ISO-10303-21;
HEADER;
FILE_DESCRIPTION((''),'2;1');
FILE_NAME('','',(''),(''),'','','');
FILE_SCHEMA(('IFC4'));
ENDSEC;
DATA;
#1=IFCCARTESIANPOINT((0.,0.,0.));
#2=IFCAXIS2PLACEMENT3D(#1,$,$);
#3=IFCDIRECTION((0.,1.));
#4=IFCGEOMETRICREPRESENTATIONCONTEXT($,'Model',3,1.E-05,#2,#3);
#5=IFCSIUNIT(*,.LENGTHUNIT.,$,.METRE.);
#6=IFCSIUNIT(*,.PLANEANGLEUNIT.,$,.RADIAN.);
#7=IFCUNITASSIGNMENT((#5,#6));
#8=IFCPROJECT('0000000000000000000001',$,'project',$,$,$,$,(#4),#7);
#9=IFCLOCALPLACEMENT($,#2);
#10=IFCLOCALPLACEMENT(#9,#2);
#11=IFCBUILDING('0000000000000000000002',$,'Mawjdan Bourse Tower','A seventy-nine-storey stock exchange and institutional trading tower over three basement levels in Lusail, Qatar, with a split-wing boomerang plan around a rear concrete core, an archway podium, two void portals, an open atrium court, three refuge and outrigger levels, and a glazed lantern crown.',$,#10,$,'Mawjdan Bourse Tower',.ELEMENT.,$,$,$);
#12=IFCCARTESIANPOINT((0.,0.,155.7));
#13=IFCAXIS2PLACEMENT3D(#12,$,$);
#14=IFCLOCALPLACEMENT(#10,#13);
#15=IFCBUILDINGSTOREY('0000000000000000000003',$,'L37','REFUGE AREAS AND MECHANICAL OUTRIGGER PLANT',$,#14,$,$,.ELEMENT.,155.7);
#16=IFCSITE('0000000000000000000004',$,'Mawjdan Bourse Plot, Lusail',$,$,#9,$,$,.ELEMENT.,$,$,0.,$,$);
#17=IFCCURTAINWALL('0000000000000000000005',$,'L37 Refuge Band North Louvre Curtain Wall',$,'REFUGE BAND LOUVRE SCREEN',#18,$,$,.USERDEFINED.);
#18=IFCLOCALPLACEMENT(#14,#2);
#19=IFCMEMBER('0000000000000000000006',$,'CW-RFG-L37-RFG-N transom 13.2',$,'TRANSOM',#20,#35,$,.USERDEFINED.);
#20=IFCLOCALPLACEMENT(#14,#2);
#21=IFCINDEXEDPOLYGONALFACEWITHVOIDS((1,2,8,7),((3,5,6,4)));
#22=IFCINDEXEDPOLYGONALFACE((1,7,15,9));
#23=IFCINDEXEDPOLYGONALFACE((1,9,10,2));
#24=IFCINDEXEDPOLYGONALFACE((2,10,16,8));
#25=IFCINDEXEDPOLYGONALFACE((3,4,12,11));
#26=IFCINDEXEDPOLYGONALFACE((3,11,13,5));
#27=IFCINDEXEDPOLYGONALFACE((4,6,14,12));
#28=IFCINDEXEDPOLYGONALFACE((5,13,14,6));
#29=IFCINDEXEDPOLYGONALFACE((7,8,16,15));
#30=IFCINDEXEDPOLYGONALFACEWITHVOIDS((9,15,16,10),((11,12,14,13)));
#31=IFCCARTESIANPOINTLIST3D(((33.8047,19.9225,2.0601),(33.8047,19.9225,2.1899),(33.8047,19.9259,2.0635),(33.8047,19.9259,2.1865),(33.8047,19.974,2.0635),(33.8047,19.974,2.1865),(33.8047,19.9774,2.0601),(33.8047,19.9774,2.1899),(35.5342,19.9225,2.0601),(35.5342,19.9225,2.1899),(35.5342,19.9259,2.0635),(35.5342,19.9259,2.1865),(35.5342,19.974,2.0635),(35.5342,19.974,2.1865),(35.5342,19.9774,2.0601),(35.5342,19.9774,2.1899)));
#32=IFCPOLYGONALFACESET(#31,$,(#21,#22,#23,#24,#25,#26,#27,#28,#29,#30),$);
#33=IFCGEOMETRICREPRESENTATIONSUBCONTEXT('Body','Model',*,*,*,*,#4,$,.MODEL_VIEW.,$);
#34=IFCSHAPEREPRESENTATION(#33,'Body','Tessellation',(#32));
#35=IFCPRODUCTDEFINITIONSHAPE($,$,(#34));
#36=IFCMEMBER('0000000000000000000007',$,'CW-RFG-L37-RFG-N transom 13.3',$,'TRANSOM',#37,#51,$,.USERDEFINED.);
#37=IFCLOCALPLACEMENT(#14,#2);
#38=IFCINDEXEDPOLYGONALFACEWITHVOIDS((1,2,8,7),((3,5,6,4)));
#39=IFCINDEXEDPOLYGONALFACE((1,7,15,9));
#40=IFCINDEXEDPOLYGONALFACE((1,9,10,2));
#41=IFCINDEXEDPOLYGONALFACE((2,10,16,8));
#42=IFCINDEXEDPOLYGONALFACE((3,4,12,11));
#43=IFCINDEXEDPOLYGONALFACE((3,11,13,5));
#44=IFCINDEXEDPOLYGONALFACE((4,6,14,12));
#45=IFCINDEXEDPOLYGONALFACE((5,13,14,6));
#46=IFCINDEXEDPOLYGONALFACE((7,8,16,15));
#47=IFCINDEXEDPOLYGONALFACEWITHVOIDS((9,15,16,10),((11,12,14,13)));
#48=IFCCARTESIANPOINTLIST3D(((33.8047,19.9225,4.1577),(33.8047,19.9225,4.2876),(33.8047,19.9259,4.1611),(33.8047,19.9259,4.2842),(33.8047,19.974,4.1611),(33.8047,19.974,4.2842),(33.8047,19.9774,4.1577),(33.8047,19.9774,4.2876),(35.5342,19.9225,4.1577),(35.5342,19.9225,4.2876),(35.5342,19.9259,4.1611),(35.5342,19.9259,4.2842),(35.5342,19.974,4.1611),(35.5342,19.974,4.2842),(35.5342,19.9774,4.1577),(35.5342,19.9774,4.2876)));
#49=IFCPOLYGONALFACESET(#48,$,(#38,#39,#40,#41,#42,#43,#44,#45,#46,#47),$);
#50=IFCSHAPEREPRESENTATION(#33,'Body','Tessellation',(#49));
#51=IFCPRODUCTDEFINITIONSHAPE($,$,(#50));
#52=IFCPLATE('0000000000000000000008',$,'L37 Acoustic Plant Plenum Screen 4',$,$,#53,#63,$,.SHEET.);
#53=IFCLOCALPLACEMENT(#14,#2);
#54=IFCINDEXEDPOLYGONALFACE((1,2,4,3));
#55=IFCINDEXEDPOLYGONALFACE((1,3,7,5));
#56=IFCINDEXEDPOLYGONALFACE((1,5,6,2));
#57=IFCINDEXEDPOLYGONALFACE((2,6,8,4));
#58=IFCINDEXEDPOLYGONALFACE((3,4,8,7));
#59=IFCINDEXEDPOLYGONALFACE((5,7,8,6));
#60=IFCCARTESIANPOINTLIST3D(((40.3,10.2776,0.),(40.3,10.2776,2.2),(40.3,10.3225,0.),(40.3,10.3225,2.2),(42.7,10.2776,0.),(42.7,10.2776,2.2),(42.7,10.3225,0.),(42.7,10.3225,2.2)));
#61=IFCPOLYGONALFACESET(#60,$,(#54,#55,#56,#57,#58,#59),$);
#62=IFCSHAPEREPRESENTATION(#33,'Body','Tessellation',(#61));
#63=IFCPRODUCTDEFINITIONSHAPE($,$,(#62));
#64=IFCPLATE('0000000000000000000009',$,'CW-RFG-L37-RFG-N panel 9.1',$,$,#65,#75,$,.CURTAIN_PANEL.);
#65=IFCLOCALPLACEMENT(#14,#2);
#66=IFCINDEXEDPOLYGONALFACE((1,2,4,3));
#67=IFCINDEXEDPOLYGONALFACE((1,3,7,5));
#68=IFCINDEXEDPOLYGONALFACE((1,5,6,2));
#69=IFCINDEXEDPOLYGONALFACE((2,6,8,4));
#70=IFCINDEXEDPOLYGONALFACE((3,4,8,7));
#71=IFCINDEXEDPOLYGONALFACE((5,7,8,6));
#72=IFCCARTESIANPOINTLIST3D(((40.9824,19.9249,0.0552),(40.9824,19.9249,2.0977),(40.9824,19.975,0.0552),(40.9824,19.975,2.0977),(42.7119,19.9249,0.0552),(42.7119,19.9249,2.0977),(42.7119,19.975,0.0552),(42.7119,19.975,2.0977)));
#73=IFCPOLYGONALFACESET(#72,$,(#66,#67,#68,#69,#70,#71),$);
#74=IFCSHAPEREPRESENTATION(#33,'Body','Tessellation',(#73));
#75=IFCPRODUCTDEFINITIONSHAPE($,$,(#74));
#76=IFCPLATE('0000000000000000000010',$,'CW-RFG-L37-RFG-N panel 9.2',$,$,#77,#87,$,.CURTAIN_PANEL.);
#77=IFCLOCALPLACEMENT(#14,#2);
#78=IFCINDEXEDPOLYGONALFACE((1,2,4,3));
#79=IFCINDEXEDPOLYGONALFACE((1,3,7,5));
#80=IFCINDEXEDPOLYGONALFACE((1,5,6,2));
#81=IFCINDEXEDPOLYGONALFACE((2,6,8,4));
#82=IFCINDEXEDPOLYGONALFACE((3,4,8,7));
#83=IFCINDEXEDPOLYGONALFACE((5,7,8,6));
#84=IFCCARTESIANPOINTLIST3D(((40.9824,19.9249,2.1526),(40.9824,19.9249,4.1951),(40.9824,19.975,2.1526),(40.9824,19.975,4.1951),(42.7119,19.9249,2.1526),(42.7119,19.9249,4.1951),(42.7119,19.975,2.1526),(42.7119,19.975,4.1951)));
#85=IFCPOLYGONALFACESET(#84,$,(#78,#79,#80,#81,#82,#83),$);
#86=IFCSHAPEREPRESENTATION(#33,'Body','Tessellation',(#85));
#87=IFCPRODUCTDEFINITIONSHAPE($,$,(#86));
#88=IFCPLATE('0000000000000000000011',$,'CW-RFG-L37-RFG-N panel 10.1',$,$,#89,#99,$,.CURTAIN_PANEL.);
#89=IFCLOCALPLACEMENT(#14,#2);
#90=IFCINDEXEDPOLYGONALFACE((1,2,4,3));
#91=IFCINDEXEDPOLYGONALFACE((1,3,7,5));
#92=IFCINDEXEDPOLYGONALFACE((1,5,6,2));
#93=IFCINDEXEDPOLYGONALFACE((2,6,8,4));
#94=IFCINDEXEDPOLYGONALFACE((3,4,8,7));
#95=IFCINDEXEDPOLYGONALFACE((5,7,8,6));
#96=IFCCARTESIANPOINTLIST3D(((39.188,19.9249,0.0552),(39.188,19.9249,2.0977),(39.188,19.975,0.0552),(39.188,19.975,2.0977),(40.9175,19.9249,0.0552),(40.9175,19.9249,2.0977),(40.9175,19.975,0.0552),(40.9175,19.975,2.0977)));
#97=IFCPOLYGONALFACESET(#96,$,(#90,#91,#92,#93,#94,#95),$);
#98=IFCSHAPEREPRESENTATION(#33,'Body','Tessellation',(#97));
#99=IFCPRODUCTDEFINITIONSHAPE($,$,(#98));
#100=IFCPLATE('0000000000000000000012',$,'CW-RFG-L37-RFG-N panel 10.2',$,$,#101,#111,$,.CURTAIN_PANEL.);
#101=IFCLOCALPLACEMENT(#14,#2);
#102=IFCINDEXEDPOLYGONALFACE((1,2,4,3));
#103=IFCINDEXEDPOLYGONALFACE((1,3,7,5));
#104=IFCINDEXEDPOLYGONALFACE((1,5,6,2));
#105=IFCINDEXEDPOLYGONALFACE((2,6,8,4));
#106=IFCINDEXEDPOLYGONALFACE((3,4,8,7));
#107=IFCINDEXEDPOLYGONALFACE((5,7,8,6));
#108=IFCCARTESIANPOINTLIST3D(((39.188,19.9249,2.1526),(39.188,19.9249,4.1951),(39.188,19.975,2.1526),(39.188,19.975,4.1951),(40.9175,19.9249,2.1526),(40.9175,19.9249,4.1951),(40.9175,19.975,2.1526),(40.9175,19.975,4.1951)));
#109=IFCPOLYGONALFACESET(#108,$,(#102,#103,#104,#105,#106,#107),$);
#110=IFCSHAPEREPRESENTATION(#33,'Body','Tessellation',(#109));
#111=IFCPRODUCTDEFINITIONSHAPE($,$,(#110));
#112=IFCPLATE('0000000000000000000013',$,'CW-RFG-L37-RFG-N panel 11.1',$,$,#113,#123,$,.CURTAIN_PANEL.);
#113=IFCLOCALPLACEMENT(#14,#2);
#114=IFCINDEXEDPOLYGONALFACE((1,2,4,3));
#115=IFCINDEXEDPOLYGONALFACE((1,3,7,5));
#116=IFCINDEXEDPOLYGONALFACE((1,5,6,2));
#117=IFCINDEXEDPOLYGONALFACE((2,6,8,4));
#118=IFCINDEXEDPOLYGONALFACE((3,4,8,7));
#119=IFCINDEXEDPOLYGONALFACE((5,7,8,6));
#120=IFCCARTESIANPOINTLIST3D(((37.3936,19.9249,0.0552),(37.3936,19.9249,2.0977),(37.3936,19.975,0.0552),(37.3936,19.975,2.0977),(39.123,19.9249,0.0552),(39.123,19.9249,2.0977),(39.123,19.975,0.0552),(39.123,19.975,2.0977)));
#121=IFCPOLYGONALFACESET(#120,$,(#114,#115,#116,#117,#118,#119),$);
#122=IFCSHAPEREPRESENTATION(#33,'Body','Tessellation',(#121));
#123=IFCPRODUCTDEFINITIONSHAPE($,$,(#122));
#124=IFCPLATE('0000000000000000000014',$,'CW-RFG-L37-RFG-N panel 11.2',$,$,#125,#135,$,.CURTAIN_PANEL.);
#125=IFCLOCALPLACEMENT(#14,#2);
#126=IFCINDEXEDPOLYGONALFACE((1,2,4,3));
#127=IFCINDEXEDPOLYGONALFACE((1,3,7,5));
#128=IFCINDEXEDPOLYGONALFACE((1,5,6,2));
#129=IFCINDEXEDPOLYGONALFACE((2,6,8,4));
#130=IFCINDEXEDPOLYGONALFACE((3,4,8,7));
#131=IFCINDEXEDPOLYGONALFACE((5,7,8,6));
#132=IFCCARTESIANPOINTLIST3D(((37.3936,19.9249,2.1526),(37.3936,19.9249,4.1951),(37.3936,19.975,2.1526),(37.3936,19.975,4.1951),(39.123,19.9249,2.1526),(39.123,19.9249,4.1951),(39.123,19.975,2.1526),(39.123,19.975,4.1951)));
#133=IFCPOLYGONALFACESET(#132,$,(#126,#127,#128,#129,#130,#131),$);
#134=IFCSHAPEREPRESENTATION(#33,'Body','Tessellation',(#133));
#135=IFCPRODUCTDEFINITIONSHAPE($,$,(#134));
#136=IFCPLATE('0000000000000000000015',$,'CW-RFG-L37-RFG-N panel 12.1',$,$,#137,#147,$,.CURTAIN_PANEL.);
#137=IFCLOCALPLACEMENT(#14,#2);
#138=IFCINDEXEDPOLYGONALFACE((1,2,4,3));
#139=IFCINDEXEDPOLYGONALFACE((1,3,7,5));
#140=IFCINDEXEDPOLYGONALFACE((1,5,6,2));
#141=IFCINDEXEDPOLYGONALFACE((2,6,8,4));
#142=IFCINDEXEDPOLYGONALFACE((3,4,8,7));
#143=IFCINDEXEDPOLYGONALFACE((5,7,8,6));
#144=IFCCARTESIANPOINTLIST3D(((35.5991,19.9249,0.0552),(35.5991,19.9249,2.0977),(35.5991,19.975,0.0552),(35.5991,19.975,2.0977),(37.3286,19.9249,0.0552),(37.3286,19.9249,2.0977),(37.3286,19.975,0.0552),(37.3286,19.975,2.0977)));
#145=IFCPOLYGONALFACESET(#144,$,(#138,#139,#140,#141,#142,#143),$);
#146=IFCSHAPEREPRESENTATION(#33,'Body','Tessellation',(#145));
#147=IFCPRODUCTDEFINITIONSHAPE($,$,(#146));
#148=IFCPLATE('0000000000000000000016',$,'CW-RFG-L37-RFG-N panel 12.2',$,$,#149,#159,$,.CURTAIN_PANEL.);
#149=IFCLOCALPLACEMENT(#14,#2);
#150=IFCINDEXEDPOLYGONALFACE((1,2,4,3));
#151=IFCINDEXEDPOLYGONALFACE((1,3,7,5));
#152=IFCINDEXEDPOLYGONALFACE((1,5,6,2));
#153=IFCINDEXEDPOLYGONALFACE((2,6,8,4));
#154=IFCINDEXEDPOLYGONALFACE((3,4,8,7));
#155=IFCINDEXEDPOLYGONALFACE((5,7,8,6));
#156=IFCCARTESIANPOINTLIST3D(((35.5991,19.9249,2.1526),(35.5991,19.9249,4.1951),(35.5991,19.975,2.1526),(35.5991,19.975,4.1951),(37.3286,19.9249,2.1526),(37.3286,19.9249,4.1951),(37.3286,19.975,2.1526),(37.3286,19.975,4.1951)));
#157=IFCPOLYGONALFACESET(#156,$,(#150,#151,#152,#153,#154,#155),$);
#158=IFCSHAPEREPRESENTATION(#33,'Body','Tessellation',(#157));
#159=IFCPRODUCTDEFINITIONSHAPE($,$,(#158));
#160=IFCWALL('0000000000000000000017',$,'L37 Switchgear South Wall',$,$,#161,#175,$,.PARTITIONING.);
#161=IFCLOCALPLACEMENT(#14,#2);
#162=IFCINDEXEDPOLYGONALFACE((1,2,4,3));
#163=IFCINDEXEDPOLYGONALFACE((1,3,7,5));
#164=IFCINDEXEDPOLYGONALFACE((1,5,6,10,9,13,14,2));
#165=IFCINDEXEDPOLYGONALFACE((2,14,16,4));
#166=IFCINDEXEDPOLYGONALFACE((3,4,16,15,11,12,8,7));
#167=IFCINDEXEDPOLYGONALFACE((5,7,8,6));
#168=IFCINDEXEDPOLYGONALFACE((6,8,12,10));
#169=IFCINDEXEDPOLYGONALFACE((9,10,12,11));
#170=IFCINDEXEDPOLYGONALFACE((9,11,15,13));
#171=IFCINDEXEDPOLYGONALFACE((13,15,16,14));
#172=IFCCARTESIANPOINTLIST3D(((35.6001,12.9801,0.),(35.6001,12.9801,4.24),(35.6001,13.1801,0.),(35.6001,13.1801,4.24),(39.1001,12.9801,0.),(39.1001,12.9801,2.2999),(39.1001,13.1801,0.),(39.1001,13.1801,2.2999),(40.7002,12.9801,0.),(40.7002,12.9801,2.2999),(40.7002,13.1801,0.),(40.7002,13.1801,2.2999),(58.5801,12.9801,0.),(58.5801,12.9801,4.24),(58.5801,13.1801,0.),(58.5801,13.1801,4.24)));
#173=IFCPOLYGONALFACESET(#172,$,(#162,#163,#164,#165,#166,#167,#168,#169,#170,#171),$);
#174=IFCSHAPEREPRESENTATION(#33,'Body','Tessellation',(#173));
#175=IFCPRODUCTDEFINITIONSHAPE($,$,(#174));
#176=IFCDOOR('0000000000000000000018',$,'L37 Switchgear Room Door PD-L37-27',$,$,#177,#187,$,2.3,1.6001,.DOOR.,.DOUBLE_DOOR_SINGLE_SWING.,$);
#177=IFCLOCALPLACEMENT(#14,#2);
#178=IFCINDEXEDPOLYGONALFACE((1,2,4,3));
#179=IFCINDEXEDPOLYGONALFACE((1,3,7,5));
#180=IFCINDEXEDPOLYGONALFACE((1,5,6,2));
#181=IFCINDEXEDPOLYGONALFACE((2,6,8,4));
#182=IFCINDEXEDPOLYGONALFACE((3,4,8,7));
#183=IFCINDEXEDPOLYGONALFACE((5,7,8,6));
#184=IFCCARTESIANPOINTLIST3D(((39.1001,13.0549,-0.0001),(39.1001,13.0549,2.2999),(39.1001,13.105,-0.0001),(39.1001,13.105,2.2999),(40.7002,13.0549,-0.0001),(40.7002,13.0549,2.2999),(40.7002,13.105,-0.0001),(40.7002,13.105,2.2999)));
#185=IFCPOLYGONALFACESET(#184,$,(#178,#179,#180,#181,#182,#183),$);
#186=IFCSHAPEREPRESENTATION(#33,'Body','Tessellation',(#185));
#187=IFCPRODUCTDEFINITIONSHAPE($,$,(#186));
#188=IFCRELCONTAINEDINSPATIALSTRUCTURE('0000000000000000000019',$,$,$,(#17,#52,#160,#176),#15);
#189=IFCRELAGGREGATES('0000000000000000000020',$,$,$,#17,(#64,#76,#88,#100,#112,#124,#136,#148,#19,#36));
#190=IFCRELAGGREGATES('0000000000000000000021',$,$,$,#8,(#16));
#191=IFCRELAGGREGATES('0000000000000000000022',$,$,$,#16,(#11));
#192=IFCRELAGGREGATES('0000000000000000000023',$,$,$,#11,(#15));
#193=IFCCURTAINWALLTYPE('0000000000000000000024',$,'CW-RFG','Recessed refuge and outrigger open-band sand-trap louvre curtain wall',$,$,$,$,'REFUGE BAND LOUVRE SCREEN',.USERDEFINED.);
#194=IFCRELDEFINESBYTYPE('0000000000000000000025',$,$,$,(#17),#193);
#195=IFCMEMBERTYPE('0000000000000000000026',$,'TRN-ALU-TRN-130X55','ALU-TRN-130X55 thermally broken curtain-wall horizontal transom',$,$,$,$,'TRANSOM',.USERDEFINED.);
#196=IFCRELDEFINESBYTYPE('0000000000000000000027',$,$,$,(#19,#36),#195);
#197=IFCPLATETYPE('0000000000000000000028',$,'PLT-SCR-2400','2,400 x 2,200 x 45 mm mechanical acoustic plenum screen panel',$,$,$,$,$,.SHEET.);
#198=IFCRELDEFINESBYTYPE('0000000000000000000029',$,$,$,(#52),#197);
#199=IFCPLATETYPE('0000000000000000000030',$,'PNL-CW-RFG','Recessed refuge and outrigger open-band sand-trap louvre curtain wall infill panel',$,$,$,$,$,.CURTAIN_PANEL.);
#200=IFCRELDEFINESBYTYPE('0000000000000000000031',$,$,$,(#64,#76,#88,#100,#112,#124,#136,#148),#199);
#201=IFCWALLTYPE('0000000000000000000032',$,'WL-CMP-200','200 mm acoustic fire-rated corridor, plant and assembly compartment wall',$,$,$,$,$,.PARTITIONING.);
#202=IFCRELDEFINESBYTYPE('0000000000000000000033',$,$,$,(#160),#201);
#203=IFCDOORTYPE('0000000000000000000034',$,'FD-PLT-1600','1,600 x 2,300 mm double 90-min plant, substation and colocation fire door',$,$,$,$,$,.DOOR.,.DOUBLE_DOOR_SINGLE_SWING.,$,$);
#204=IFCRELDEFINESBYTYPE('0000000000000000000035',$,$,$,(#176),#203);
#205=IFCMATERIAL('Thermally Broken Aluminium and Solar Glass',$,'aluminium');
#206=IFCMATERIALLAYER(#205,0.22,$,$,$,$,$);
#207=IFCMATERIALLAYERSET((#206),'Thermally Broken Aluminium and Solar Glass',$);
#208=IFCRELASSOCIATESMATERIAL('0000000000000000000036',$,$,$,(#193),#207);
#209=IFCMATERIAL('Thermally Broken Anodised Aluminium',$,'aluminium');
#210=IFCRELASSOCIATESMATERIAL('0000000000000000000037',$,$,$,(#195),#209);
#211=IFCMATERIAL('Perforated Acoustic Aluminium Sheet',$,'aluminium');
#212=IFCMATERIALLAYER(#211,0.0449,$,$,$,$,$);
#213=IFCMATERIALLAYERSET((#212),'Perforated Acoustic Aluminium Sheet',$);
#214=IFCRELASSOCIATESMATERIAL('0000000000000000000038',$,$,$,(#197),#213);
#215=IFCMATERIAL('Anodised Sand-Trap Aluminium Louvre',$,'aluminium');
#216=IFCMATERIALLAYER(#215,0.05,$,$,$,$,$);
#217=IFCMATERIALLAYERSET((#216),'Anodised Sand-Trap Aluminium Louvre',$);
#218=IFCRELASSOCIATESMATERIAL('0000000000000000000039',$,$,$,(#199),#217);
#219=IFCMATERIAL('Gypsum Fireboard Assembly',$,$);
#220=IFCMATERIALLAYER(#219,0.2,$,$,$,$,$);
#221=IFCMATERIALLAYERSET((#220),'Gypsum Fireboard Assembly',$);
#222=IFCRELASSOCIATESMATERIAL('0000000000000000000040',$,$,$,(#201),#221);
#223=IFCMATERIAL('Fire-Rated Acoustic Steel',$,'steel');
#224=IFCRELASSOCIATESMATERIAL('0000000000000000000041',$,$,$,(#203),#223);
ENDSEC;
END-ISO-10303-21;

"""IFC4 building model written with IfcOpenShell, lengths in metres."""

from ifc_helpers import new_model, si_unit, direction, frame, frame_2d, origin, origin_2d, place, context, subcontext, project, spatial, rectangle, hollow_rectangle, extrude, material, layer, layer_set, material_profile, profile_set, type_object, element, fill, aggregate, save


model = new_model("IFC4")

# Units and contexts
model_context = context("Model", 3, precision=1e-05, world=origin(), true_north=direction((0.0, 1.0)))
body_context = subcontext(model_context, "Body", "Model", "MODEL_VIEW")
ifc_project = project(units=[si_unit("LENGTHUNIT", "METRE"), si_unit("PLANEANGLEUNIT", "RADIAN")], contexts=[model_context])

# Site, building, storey
site_placement = place(None, origin())
site = spatial("IfcSite", under=ifc_project, at=site_placement, Name="Mawjdan Bourse Plot, Lusail", CompositionType="ELEMENT", RefElevation=0.0)
building_placement = place(site_placement, origin())
building = spatial("IfcBuilding", under=site, at=building_placement, Name="Mawjdan Bourse Tower", Description="A seventy-nine-storey stock exchange and institutional trading tower over three basement levels in Lusail, Qatar, with a split-wing boomerang plan around a rear concrete core, an archway podium, two void portals, an open atrium court, three refuge and outrigger levels, and a glazed lantern crown.", LongName="Mawjdan Bourse Tower", CompositionType="ELEMENT")
storey_placement = place(building_placement, frame((0.0, 0.0, 155.7)))
storey = spatial("IfcBuildingStorey", under=building, at=storey_placement, Name="L37", Description="REFUGE AREAS AND MECHANICAL OUTRIGGER PLANT", CompositionType="ELEMENT", Elevation=155.7)

# Curtain wall
ifc_material_1 = material(Name="Thermally Broken Aluminium and Solar Glass", Category="aluminium")
ifc_layer_1 = layer(ifc_material_1, 0.22)
ifc_layer_set_1 = layer_set([ifc_layer_1], Name="Thermally Broken Aluminium and Solar Glass")
curtain_wall_type = type_object("IfcCurtainWallType", Name="CW-RFG", Description="Recessed refuge and outrigger open-band sand-trap louvre curtain wall", ElementType="REFUGE BAND LOUVRE SCREEN", PredefinedType="USERDEFINED", material=ifc_layer_set_1)
curtain_wall_placement = place(storey_placement, origin())
curtain_wall = element("IfcCurtainWall", 1, at=curtain_wall_placement, inside=storey, type_object=curtain_wall_type, Name="L37 Refuge Band North Louvre Curtain Wall", ObjectType="REFUGE BAND LOUVRE SCREEN", PredefinedType="USERDEFINED")
ifc_material_2 = material(Name="Thermally Broken Anodised Aluminium", Category="aluminium")

# Members
ifc_material_profile_1 = material_profile(ifc_material_2, hollow_rectangle(XDim=0.0549, YDim=0.1299, WallThickness=0.0034, at=origin_2d()), Name="ALU-TRN-130X55")
ifc_profile_set_1 = profile_set([ifc_material_profile_1], Name="Thermally Broken Anodised Aluminium")
member_type_1 = type_object("IfcMemberType", Name="TRN-ALU-TRN-130X55", Description="ALU-TRN-130X55 thermally broken curtain-wall horizontal transom", ElementType="TRANSOM", PredefinedType="USERDEFINED", material=ifc_profile_set_1)
member_1_placement = place(storey_placement, frame((35.5342, 19.95, 2.125), z_axis=(-1.0, 0.0, 0.0), x_axis=(0.0, -1.0, 0.0)))
member_1 = element("IfcMember", 2, at=member_1_placement, type_object=member_type_1, Name="CW-RFG-L37-RFG-N transom 13.2", ObjectType="TRANSOM", PredefinedType="USERDEFINED", context=body_context, shape_type="SweptSolid", body=[
    extrude(hollow_rectangle(XDim=0.0549, YDim=0.1299, WallThickness=0.0034, at=origin_2d()), origin(), (0.0, 0.0, 1.0), 1.7295),
])
member_2_placement = place(storey_placement, frame((35.5342, 19.95, 4.2227), z_axis=(-1.0, 0.0, 0.0), x_axis=(0.0, -1.0, 0.0)))
member_2 = element("IfcMember", 3, at=member_2_placement, type_object=member_type_1, Name="CW-RFG-L37-RFG-N transom 13.3", ObjectType="TRANSOM", PredefinedType="USERDEFINED", context=body_context, shape_type="SweptSolid", body=[
    extrude(hollow_rectangle(XDim=0.0549, YDim=0.1299, WallThickness=0.0034, at=origin_2d()), origin(), (0.0, 0.0, 1.0), 1.7295),
])

# Plates
ifc_material_3 = material(Name="Perforated Acoustic Aluminium Sheet", Category="aluminium")
ifc_layer_2 = layer(ifc_material_3, 0.0449)
ifc_layer_set_2 = layer_set([ifc_layer_2], Name="Perforated Acoustic Aluminium Sheet")
plate_type_1 = type_object("IfcPlateType", Name="PLT-SCR-2400", Description="2,400 x 2,200 x 45 mm mechanical acoustic plenum screen panel", PredefinedType="SHEET", material=ifc_layer_set_2)
plate_1_placement = place(storey_placement, frame((41.5, 10.3, 0.0), z_axis=(0.0, 0.0, 1.0), x_axis=(1.0, 0.0, 0.0)))
element("IfcPlate", 4, at=plate_1_placement, inside=storey, type_object=plate_type_1, Name="L37 Acoustic Plant Plenum Screen 4", PredefinedType="SHEET", context=body_context, shape_type="SweptSolid", body=[
    extrude(rectangle(XDim=2.3999, YDim=0.0449, at=origin_2d()), origin(), (0.0, 0.0, 1.0), 2.2),
])
ifc_material_4 = material(Name="Anodised Sand-Trap Aluminium Louvre", Category="aluminium")
ifc_layer_3 = layer(ifc_material_4, 0.05)
ifc_layer_set_3 = layer_set([ifc_layer_3], Name="Anodised Sand-Trap Aluminium Louvre")
plate_type_2 = type_object("IfcPlateType", Name="PNL-CW-RFG", Description="Recessed refuge and outrigger open-band sand-trap louvre curtain wall infill panel", PredefinedType="CURTAIN_PANEL", material=ifc_layer_set_3)
plate_2_placement = place(storey_placement, frame((41.8472, 19.95, 0.0552), z_axis=(0.0, 0.0, 1.0), x_axis=(-1.0, 0.0, 0.0)))
plate_2 = element("IfcPlate", 5, at=plate_2_placement, type_object=plate_type_2, Name="CW-RFG-L37-RFG-N panel 9.1", PredefinedType="CURTAIN_PANEL", context=body_context, shape_type="SweptSolid", body=[
    extrude(rectangle(XDim=1.7295, YDim=0.05, at=origin_2d()), origin(), (0.0, 0.0, 1.0), 2.0425),
])
plate_3_placement = place(storey_placement, frame((41.8472, 19.95, 2.1526), z_axis=(0.0, 0.0, 1.0), x_axis=(-1.0, 0.0, 0.0)))
plate_3 = element("IfcPlate", 6, at=plate_3_placement, type_object=plate_type_2, Name="CW-RFG-L37-RFG-N panel 9.2", PredefinedType="CURTAIN_PANEL", context=body_context, shape_type="SweptSolid", body=[
    extrude(rectangle(XDim=1.7295, YDim=0.05, at=origin_2d()), origin(), (0.0, 0.0, 1.0), 2.0425),
])
plate_4_placement = place(storey_placement, frame((40.0527, 19.95, 0.0552), z_axis=(0.0, 0.0, 1.0), x_axis=(-1.0, 0.0, 0.0)))
plate_4 = element("IfcPlate", 7, at=plate_4_placement, type_object=plate_type_2, Name="CW-RFG-L37-RFG-N panel 10.1", PredefinedType="CURTAIN_PANEL", context=body_context, shape_type="SweptSolid", body=[
    extrude(rectangle(XDim=1.7295, YDim=0.05, at=origin_2d()), origin(), (0.0, 0.0, 1.0), 2.0425),
])
plate_5_placement = place(storey_placement, frame((40.0527, 19.95, 2.1526), z_axis=(0.0, 0.0, 1.0), x_axis=(-1.0, 0.0, 0.0)))
plate_5 = element("IfcPlate", 8, at=plate_5_placement, type_object=plate_type_2, Name="CW-RFG-L37-RFG-N panel 10.2", PredefinedType="CURTAIN_PANEL", context=body_context, shape_type="SweptSolid", body=[
    extrude(rectangle(XDim=1.7295, YDim=0.05, at=origin_2d()), origin(), (0.0, 0.0, 1.0), 2.0425),
])
plate_6_placement = place(storey_placement, frame((38.2583, 19.95, 0.0552), z_axis=(0.0, 0.0, 1.0), x_axis=(-1.0, 0.0, 0.0)))
plate_6 = element("IfcPlate", 9, at=plate_6_placement, type_object=plate_type_2, Name="CW-RFG-L37-RFG-N panel 11.1", PredefinedType="CURTAIN_PANEL", context=body_context, shape_type="SweptSolid", body=[
    extrude(rectangle(XDim=1.7295, YDim=0.05, at=origin_2d()), origin(), (0.0, 0.0, 1.0), 2.0425),
])
plate_7_placement = place(storey_placement, frame((38.2583, 19.95, 2.1526), z_axis=(0.0, 0.0, 1.0), x_axis=(-1.0, 0.0, 0.0)))
plate_7 = element("IfcPlate", 10, at=plate_7_placement, type_object=plate_type_2, Name="CW-RFG-L37-RFG-N panel 11.2", PredefinedType="CURTAIN_PANEL", context=body_context, shape_type="SweptSolid", body=[
    extrude(rectangle(XDim=1.7295, YDim=0.05, at=origin_2d()), origin(), (0.0, 0.0, 1.0), 2.0425),
])
plate_8_placement = place(storey_placement, frame((36.4639, 19.95, 0.0552), z_axis=(0.0, 0.0, 1.0), x_axis=(-1.0, 0.0, 0.0)))
plate_8 = element("IfcPlate", 11, at=plate_8_placement, type_object=plate_type_2, Name="CW-RFG-L37-RFG-N panel 12.1", PredefinedType="CURTAIN_PANEL", context=body_context, shape_type="SweptSolid", body=[
    extrude(rectangle(XDim=1.7295, YDim=0.05, at=origin_2d()), origin(), (0.0, 0.0, 1.0), 2.0425),
])
plate_9_placement = place(storey_placement, frame((36.4639, 19.95, 2.1526), z_axis=(0.0, 0.0, 1.0), x_axis=(-1.0, 0.0, 0.0)))
plate_9 = element("IfcPlate", 12, at=plate_9_placement, type_object=plate_type_2, Name="CW-RFG-L37-RFG-N panel 12.2", PredefinedType="CURTAIN_PANEL", context=body_context, shape_type="SweptSolid", body=[
    extrude(rectangle(XDim=1.7295, YDim=0.05, at=origin_2d()), origin(), (0.0, 0.0, 1.0), 2.0425),
])
aggregate(curtain_wall, [plate_2, plate_3, plate_4, plate_5, plate_6, plate_7, plate_8, plate_9, member_1, member_2])

# Wall, opening, door
ifc_material_5 = material(Name="Gypsum Fireboard Assembly")
ifc_layer_4 = layer(ifc_material_5, 0.2)
ifc_layer_set_4 = layer_set([ifc_layer_4], Name="Gypsum Fireboard Assembly")
wall_type_1 = type_object("IfcWallType", Name="WL-CMP-200", Description="200 mm acoustic fire-rated corridor, plant and assembly compartment wall", PredefinedType="PARTITIONING", material=ifc_layer_set_4)
wall_1_placement = place(storey_placement, frame((35.6001, 13.0801, 0.0), z_axis=(0.0, 0.0, 1.0), x_axis=(1.0, 0.0, 0.0)))
wall_1 = element("IfcWall", 13, at=wall_1_placement, inside=storey, type_object=wall_type_1, Name="L37 Switchgear South Wall", PredefinedType="PARTITIONING", context=body_context, shape_type="SweptSolid", body=[
    extrude(rectangle(XDim=22.98, YDim=0.2, at=frame_2d((11.49, 0.0))), origin(), (0.0, 0.0, 1.0), 4.24),
])
opening_placement = place(wall_1_placement, frame((3.5, 0.0, 0.0)))
opening = element("IfcOpeningElement", 14, at=opening_placement, cuts=wall_1, PredefinedType="OPENING", context=body_context, shape_type="SweptSolid", body=[
    extrude(rectangle(XDim=1.6001, YDim=2.3, at=frame_2d((0.8, 1.1499))), frame((0.0, 0.1099, 0.0), z_axis=(0.0, -1.0, 0.0), x_axis=(1.0, 0.0, 0.0)), (0.0, 0.0, 1.0), 0.22),
])
ifc_material_6 = material(Name="Fire-Rated Acoustic Steel", Category="steel")
door_type = type_object("IfcDoorType", Name="FD-PLT-1600", Description="1,600 x 2,300 mm double 90-min plant, substation and colocation fire door", OperationType="DOUBLE_DOOR_SINGLE_SWING", PredefinedType="DOOR", material=ifc_material_6)
door_placement = place(opening_placement, origin())
door = element("IfcDoor", 15, at=door_placement, inside=storey, type_object=door_type, Name="L37 Switchgear Room Door PD-L37-27", OperationType="DOUBLE_DOOR_SINGLE_SWING", OverallHeight=2.3, OverallWidth=1.6001, PredefinedType="DOOR", context=body_context, shape_type="SweptSolid", body=[
    extrude(rectangle(XDim=1.6001, YDim=2.3, at=frame_2d((0.8, 1.1499))), frame((0.0, 0.0249, 0.0), z_axis=(0.0, -1.0, 0.0), x_axis=(1.0, 0.0, 0.0)), (0.0, 0.0, 1.0), 0.05),
])
fill(opening, door)

save(model, "model.ifc")
